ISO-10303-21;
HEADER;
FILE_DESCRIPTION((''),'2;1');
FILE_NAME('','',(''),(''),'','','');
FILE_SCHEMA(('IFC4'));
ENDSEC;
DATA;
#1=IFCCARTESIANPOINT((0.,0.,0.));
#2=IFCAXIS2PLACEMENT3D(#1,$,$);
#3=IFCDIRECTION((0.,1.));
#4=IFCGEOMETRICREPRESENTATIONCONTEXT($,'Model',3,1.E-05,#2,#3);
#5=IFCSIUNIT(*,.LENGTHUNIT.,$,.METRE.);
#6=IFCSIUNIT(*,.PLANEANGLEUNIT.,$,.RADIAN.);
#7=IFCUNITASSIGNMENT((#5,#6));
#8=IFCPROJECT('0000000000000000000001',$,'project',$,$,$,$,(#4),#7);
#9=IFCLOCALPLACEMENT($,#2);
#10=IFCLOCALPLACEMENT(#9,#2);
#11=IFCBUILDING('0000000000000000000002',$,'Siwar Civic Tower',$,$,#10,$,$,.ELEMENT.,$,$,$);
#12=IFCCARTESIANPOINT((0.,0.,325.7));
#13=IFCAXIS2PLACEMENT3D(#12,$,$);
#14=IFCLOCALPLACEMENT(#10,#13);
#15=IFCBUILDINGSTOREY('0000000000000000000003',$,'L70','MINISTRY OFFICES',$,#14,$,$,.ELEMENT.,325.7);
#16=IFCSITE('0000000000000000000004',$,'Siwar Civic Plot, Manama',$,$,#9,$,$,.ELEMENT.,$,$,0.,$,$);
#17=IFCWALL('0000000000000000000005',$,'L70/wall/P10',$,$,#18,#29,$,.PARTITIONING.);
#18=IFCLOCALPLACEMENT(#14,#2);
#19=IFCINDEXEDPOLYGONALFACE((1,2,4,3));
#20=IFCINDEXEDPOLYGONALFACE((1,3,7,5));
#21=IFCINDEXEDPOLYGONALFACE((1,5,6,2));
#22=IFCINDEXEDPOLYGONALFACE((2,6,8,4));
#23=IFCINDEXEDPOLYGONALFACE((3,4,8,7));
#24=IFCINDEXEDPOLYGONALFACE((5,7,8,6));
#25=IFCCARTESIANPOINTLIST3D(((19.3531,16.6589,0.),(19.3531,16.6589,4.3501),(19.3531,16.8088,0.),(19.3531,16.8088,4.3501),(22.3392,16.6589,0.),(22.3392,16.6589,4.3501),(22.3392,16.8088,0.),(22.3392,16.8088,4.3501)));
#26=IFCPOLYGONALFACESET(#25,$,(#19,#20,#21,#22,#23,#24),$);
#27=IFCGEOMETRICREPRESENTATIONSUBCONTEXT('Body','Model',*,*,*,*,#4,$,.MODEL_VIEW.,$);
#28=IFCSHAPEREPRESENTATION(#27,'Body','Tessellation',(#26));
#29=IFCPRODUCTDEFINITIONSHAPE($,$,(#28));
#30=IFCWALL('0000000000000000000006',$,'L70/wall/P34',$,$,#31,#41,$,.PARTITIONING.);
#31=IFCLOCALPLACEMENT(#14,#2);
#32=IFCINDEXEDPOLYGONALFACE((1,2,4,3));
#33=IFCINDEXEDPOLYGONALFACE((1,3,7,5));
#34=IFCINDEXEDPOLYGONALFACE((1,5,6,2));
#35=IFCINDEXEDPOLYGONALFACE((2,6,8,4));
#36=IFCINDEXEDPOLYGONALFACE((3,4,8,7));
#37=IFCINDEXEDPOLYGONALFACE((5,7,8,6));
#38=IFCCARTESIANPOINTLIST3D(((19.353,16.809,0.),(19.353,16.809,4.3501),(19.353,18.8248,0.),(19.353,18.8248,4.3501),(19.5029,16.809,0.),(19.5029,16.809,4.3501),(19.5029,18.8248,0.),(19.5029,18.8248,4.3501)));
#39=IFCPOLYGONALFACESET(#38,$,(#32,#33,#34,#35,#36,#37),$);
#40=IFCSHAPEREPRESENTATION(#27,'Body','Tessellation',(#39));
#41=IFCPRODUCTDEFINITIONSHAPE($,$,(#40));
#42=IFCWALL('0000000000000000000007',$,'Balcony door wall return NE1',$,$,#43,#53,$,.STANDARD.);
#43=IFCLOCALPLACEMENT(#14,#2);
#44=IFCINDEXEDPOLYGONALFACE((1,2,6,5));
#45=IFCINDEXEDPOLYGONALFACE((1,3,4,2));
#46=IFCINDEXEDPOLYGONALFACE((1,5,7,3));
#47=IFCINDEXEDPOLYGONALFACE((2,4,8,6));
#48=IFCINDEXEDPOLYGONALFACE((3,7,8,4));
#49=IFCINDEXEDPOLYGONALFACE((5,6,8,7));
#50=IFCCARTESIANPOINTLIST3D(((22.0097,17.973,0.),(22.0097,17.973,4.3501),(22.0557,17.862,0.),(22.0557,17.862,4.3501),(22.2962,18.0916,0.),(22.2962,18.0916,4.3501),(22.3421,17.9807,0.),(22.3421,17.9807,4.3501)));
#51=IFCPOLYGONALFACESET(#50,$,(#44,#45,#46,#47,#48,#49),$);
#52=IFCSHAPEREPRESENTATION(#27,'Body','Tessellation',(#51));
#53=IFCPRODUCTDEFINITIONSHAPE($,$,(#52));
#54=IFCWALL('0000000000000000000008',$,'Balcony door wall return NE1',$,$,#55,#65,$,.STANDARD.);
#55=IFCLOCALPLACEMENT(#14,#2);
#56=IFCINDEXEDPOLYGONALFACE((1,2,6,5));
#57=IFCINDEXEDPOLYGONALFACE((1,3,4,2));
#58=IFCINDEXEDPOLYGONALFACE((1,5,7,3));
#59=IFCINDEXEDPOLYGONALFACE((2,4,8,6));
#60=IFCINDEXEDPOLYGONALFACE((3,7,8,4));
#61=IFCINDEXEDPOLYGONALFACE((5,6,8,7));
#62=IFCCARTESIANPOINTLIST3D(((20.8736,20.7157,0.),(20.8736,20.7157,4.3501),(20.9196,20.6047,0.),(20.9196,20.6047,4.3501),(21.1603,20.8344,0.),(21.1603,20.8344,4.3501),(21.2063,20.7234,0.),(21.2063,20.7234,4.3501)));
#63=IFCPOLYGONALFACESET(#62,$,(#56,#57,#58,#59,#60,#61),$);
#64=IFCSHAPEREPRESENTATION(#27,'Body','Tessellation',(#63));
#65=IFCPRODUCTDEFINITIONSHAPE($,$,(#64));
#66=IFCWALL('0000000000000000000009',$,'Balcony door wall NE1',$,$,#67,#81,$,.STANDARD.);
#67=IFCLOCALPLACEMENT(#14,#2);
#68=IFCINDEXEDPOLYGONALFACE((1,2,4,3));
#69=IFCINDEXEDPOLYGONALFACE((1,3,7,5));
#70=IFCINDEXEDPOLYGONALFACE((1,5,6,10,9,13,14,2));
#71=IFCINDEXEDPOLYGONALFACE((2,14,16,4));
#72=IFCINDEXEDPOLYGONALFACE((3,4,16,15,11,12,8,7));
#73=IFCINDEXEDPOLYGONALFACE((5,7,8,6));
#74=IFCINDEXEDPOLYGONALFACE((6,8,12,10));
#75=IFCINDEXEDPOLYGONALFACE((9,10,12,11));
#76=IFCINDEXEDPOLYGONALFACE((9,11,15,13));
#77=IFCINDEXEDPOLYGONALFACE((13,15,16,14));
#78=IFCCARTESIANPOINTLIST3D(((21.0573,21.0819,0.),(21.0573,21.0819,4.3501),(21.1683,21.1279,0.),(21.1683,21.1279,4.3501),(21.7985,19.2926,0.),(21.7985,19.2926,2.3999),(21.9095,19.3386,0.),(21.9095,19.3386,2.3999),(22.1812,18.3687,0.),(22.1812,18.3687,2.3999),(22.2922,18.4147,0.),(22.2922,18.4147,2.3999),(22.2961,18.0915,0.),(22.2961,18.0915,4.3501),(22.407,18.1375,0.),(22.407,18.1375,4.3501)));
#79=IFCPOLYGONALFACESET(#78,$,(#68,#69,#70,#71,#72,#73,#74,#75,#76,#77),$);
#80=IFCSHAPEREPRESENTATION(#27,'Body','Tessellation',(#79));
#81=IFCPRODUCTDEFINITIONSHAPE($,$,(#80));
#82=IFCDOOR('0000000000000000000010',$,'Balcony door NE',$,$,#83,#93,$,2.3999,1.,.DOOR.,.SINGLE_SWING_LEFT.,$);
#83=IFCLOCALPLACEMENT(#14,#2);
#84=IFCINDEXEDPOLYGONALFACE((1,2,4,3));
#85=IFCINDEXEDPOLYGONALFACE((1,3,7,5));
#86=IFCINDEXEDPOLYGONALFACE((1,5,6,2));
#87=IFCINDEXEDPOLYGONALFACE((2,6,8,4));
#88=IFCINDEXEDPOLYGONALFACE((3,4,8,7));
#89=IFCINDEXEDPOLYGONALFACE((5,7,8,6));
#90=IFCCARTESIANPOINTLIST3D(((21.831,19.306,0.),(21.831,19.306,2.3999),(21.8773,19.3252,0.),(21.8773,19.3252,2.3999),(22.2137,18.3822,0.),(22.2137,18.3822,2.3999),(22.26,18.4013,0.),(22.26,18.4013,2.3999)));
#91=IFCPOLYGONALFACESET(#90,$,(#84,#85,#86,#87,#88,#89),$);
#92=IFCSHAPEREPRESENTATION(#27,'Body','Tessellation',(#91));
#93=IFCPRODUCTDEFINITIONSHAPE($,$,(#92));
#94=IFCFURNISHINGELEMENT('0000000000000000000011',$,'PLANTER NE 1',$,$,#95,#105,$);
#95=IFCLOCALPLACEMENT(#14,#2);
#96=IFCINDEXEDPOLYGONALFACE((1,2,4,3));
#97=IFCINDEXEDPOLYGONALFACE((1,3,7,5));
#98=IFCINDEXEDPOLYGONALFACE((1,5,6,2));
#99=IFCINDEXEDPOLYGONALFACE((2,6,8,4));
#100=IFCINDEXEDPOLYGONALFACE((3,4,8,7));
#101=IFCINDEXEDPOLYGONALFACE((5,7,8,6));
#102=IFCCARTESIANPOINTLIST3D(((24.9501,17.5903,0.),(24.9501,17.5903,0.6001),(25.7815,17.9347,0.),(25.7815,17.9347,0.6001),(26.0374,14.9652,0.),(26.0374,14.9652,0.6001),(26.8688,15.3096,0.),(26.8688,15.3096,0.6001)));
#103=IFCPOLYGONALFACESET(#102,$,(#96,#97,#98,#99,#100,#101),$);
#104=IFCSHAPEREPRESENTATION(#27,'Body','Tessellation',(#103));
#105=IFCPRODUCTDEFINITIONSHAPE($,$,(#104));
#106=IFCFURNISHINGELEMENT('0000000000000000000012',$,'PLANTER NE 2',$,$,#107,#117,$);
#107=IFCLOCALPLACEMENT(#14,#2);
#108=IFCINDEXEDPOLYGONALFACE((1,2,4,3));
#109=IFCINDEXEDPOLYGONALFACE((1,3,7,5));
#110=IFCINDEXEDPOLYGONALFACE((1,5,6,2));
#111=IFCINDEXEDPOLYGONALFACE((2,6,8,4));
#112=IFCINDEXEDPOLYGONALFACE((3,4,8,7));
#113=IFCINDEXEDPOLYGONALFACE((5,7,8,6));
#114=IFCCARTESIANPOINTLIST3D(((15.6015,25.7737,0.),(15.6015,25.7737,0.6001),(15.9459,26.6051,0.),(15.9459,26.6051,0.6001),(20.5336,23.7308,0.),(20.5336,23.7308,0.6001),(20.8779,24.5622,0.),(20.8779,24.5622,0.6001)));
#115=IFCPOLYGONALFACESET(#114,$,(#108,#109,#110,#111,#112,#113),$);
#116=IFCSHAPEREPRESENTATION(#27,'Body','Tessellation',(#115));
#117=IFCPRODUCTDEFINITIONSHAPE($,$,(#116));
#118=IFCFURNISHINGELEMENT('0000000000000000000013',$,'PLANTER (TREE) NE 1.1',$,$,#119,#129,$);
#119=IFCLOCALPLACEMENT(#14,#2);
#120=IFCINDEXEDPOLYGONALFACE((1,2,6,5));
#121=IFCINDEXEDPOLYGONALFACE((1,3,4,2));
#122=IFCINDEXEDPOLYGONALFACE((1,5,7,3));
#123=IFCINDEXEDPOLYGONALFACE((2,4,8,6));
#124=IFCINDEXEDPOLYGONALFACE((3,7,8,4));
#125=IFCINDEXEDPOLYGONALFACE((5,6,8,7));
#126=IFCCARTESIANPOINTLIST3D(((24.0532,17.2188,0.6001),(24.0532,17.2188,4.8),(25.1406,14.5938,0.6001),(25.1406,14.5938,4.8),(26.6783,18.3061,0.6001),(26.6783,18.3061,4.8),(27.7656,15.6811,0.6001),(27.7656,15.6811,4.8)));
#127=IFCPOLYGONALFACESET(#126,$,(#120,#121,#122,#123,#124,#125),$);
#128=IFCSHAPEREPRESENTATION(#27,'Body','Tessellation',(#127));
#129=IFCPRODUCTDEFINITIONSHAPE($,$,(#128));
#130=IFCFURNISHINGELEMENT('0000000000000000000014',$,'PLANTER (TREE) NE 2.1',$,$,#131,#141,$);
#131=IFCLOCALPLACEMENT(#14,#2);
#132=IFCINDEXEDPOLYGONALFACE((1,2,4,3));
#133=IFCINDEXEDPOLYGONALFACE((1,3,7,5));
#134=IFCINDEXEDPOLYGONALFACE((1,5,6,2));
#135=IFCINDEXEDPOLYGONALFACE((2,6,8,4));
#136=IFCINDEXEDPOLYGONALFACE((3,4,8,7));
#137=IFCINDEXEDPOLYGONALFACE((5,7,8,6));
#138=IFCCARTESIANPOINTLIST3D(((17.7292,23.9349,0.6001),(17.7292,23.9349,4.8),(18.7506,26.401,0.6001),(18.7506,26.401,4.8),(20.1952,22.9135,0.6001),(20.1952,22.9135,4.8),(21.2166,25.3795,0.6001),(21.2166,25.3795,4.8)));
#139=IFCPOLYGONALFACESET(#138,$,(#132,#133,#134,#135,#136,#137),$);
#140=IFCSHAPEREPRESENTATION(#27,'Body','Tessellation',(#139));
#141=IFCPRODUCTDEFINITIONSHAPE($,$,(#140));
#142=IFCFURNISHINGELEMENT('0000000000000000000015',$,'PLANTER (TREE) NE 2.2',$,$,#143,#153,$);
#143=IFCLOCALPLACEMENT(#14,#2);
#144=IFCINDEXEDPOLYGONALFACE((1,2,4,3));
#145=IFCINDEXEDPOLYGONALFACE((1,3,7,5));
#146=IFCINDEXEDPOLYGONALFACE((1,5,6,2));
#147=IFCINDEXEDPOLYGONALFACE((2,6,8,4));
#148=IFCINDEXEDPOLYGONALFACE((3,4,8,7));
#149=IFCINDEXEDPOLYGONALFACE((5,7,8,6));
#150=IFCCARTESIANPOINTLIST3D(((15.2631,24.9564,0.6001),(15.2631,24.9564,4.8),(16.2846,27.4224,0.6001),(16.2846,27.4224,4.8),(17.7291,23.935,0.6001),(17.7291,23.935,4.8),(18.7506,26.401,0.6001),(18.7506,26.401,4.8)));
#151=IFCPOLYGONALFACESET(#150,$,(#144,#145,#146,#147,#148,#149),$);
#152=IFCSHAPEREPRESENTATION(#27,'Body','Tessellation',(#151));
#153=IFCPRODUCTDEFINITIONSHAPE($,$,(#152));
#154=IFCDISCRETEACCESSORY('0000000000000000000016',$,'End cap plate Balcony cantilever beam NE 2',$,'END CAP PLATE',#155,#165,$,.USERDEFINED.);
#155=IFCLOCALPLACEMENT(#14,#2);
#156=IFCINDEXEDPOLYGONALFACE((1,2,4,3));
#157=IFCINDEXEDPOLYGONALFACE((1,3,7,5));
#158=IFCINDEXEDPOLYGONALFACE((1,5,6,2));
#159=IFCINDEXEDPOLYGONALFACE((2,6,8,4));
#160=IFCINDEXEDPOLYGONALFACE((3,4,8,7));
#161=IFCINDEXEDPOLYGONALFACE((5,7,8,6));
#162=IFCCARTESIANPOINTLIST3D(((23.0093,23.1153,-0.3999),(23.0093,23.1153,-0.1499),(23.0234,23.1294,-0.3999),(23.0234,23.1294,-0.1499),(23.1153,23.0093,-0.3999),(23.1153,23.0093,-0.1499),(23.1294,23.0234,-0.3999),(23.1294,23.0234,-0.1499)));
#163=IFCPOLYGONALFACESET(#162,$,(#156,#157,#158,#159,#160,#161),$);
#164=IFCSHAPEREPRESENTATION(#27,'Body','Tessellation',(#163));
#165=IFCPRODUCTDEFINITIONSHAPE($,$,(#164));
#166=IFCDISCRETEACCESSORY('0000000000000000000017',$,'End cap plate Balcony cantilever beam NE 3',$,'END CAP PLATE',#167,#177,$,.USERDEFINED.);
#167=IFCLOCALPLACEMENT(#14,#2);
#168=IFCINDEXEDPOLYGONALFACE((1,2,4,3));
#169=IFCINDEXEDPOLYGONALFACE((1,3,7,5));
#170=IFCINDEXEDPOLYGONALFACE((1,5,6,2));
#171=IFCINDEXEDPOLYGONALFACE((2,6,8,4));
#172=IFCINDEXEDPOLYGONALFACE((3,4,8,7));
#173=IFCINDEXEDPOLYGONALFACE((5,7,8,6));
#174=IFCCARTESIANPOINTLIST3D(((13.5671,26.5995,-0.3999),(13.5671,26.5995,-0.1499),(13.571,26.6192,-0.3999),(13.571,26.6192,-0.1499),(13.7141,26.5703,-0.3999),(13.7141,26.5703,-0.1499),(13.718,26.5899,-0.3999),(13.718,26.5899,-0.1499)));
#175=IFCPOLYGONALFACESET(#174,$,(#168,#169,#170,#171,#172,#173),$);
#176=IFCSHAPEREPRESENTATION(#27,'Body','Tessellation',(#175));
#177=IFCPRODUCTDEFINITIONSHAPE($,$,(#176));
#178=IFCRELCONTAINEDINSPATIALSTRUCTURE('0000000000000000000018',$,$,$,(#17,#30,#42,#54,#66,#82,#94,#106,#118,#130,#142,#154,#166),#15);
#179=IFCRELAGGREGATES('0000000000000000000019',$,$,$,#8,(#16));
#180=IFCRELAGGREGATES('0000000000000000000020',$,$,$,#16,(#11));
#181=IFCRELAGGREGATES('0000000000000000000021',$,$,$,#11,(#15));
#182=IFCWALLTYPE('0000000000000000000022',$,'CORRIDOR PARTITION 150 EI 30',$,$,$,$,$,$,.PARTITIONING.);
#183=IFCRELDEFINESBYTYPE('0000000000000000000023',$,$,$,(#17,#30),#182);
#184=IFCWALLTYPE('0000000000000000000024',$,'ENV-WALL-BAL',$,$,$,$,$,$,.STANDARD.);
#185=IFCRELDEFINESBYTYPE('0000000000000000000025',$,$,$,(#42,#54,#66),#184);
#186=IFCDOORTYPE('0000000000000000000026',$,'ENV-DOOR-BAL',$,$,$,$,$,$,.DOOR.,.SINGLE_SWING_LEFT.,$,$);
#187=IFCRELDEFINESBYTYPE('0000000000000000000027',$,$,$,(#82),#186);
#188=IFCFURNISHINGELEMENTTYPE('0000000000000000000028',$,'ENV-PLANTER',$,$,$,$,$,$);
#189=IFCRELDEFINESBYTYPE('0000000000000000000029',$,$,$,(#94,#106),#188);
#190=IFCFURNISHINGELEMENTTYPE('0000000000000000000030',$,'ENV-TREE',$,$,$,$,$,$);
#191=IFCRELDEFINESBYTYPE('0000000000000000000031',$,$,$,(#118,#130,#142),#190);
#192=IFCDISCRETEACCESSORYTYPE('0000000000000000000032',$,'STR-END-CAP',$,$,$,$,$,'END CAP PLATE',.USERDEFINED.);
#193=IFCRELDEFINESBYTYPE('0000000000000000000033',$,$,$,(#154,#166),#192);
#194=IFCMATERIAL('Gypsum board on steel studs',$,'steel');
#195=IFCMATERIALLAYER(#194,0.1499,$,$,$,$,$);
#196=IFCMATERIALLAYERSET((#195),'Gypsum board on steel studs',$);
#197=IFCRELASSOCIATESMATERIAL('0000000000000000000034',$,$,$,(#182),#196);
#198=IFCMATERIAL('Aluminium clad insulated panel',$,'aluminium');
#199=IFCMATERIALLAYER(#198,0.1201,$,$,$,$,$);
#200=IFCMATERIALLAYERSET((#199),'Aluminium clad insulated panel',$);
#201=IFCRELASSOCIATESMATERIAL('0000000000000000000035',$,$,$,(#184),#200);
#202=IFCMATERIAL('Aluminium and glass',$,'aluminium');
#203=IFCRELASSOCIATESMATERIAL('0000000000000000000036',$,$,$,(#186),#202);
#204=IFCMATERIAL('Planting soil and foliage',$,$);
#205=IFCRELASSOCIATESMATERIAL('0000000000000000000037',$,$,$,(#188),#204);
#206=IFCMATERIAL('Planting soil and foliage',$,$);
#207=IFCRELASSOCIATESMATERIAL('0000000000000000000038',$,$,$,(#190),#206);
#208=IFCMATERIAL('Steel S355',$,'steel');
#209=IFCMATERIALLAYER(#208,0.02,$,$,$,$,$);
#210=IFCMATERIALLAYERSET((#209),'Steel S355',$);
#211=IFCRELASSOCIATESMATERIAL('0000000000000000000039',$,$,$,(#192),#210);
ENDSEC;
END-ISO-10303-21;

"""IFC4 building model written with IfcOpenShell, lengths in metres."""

from ifc_helpers import new_model, si_unit, direction, frame, frame_2d, origin, origin_2d, place, context, subcontext, project, spatial, rectangle, extrude, material, layer, layer_set, type_object, element, fill, save


model = new_model("IFC4")

# Units and contexts
model_context = context("Model", 3, precision=1e-05, world=origin(), true_north=direction((0.0, 1.0)))
body_context = subcontext(model_context, "Body", "Model", "MODEL_VIEW")
ifc_project = project(units=[si_unit("LENGTHUNIT", "METRE"), si_unit("PLANEANGLEUNIT", "RADIAN")], contexts=[model_context])

# Site, building, storey
site_placement = place(None, origin())
site = spatial("IfcSite", under=ifc_project, at=site_placement, Name="Siwar Civic Plot, Manama", CompositionType="ELEMENT", RefElevation=0.0)
building_placement = place(site_placement, origin())
building = spatial("IfcBuilding", under=site, at=building_placement, Name="Siwar Civic Tower", CompositionType="ELEMENT")
storey_placement = place(building_placement, frame((0.0, 0.0, 325.7)))
storey = spatial("IfcBuildingStorey", under=building, at=storey_placement, Name="L70", Description="MINISTRY OFFICES", CompositionType="ELEMENT", Elevation=325.7)

# Walls
ifc_material_1 = material(Name="Gypsum board on steel studs", Category="steel")
ifc_layer_1 = layer(ifc_material_1, 0.1499)
ifc_layer_set_1 = layer_set([ifc_layer_1], Name="Gypsum board on steel studs")
wall_type_1 = type_object("IfcWallType", Name="CORRIDOR PARTITION 150 EI 30", PredefinedType="PARTITIONING", material=ifc_layer_set_1)
wall_1_placement = place(storey_placement, frame((19.353, 16.7339, 0.0), z_axis=(0.0, 0.0, 1.0), x_axis=(1.0, 0.0, 0.0)))
element("IfcWall", 1, at=wall_1_placement, inside=storey, type_object=wall_type_1, Name="L70/wall/P10", PredefinedType="PARTITIONING", context=body_context, shape_type="SweptSolid", body=[
    extrude(rectangle(XDim=2.9861, YDim=0.1499, at=frame_2d((1.4932, 0.0))), origin(), (0.0, 0.0, 1.0), 4.3501),
])
wall_2_placement = place(storey_placement, frame((19.428, 16.8091, 0.0), z_axis=(0.0, 0.0, 1.0), x_axis=(0.0, 1.0, 0.0)))
element("IfcWall", 2, at=wall_2_placement, inside=storey, type_object=wall_type_1, Name="L70/wall/P34", PredefinedType="PARTITIONING", context=body_context, shape_type="SweptSolid", body=[
    extrude(rectangle(XDim=2.0159, YDim=0.1499, at=frame_2d((1.0078, 0.0))), origin(), (0.0, 0.0, 1.0), 4.3501),
])
ifc_material_2 = material(Name="Aluminium clad insulated panel", Category="aluminium")
ifc_layer_2 = layer(ifc_material_2, 0.1201)
ifc_layer_set_2 = layer_set([ifc_layer_2], Name="Aluminium clad insulated panel")
wall_type_2 = type_object("IfcWallType", Name="ENV-WALL-BAL", PredefinedType="STANDARD", material=ifc_layer_set_2)
wall_3_placement = place(storey_placement, frame((22.0327, 17.9175, 0.0), z_axis=(0.0, 0.0, 1.0), x_axis=(0.923844, 0.382769, 0.0)))
element("IfcWall", 3, at=wall_3_placement, inside=storey, type_object=wall_type_2, Name="Balcony door wall return NE1", PredefinedType="STANDARD", context=body_context, shape_type="SweptSolid", body=[
    extrude(rectangle(XDim=0.3101, YDim=0.1201, at=frame_2d((0.155, 0.0))), origin(), (0.0, 0.0, 1.0), 4.3501),
])
wall_4_placement = place(storey_placement, frame((20.8965, 20.6602, 0.0), z_axis=(0.0, 0.0, 1.0), x_axis=(0.923959, 0.382491, 0.0)))
element("IfcWall", 4, at=wall_4_placement, inside=storey, type_object=wall_type_2, Name="Balcony door wall return NE1", PredefinedType="STANDARD", context=body_context, shape_type="SweptSolid", body=[
    extrude(rectangle(XDim=0.3103, YDim=0.1201, at=frame_2d((0.1553, 0.0))), origin(), (0.0, 0.0, 1.0), 4.3501),
])

# Wall, opening, door
wall_5_placement = place(storey_placement, frame((22.3516, 18.1145, 0.0), z_axis=(0.0, 0.0, 1.0), x_axis=(-0.382703, 0.923872, 0.0)))
wall_5 = element("IfcWall", 5, at=wall_5_placement, inside=storey, type_object=wall_type_2, Name="Balcony door wall NE1", PredefinedType="STANDARD", context=body_context, shape_type="SweptSolid", body=[
    extrude(rectangle(XDim=3.2368, YDim=0.1201, at=frame_2d((1.6184, 0.0))), origin(), (0.0, 0.0, 1.0), 4.3501),
])
opening_placement = place(wall_5_placement, frame((0.3, 0.0, 0.0)))
opening = element("IfcOpeningElement", 6, at=opening_placement, cuts=wall_5, PredefinedType="OPENING", context=body_context, shape_type="SweptSolid", body=[
    extrude(rectangle(XDim=1.0, YDim=2.3999, at=frame_2d((0.5, 1.2))), frame((0.0, 0.0701, 0.0), z_axis=(0.0, -1.0, 0.0), x_axis=(1.0, 0.0, 0.0)), (0.0, 0.0, 1.0), 0.1401),
])
ifc_material_3 = material(Name="Aluminium and glass", Category="aluminium")
door_type = type_object("IfcDoorType", Name="ENV-DOOR-BAL", OperationType="SINGLE_SWING_LEFT", PredefinedType="DOOR", material=ifc_material_3)
door_placement = place(opening_placement, origin())
door = element("IfcDoor", 7, at=door_placement, inside=storey, type_object=door_type, Name="Balcony door NE", OperationType="SINGLE_SWING_LEFT", OverallHeight=2.3999, OverallWidth=1.0, PredefinedType="DOOR", context=body_context, shape_type="SweptSolid", body=[
    extrude(rectangle(XDim=1.0, YDim=2.3999, at=frame_2d((0.5, 1.2))), frame((0.0, 0.0249, 0.0), z_axis=(0.0, -1.0, 0.0), x_axis=(1.0, 0.0, 0.0)), (0.0, 0.0, 1.0), 0.05),
])
fill(opening, door)

# Furnishing elements
ifc_material_4 = material(Name="Planting soil and foliage")
furnishing_element_type_1 = type_object("IfcFurnishingElementType", Name="ENV-PLANTER", material=ifc_material_4)
furnishing_1_placement = place(storey_placement, frame((25.9094, 16.45, 0.0), z_axis=(0.0, 0.0, 1.0), x_axis=(-0.382683, 0.92388, 0.0)))
element("IfcFurnishingElement", 8, at=furnishing_1_placement, inside=storey, type_object=furnishing_element_type_1, Name="PLANTER NE 1", context=body_context, shape_type="SweptSolid", body=[
    extrude(rectangle(XDim=2.8413, YDim=0.8999, at=origin_2d()), origin(), (0.0, 0.0, 1.0), 0.6001),
])
furnishing_2_placement = place(storey_placement, frame((18.2397, 25.168, 0.0), z_axis=(0.0, 0.0, 1.0), x_axis=(-0.92388, 0.382683, 0.0)))
element("IfcFurnishingElement", 9, at=furnishing_2_placement, inside=storey, type_object=furnishing_element_type_1, Name="PLANTER NE 2", context=body_context, shape_type="SweptSolid", body=[
    extrude(rectangle(XDim=5.3384, YDim=0.8999, at=origin_2d()), origin(), (0.0, 0.0, 1.0), 0.6001),
])
ifc_material_5 = material(Name="Planting soil and foliage")
furnishing_element_type_2 = type_object("IfcFurnishingElementType", Name="ENV-TREE", material=ifc_material_5)
furnishing_3_placement = place(storey_placement, frame((25.9094, 16.45, 0.6001), z_axis=(0.0, 0.0, 1.0), x_axis=(-0.382683, 0.92388, 0.0)))
element("IfcFurnishingElement", 10, at=furnishing_3_placement, inside=storey, type_object=furnishing_element_type_2, Name="PLANTER (TREE) NE 1.1", context=body_context, shape_type="SweptSolid", body=[
    extrude(rectangle(XDim=2.8413, YDim=2.8413, at=origin_2d()), origin(), (0.0, 0.0, 1.0), 4.2),
])
for number, where, z_axis, x_axis, name in (
    (11, (19.4729, 24.6572, 0.6001), (0.0, 0.0, 1.0), (-0.92388, 0.382683, 0.0), "PLANTER (TREE) NE 2.1"),
    (12, (17.0068, 25.6787, 0.6001), (0.0, 0.0, 1.0), (-0.92388, 0.382683, 0.0), "PLANTER (TREE) NE 2.2"),
):
    element("IfcFurnishingElement", number, at=place(storey_placement, frame(where, z_axis=z_axis, x_axis=x_axis)), inside=storey, type_object=furnishing_element_type_2, Name=name, context=body_context, shape_type="SweptSolid", body=[
        extrude(rectangle(XDim=2.6692, YDim=2.6692, at=origin_2d()), origin(), (0.0, 0.0, 1.0), 4.2),
    ])

# Discrete accessories
ifc_material_6 = material(Name="Steel S355", Category="steel")
ifc_layer_3 = layer(ifc_material_6, 0.02)
ifc_layer_set_3 = layer_set([ifc_layer_3], Name="Steel S355")
discrete_accessory_type = type_object("IfcDiscreteAccessoryType", Name="STR-END-CAP", ElementType="END CAP PLATE", PredefinedType="USERDEFINED", material=ifc_layer_set_3)
for number, where, z_axis, x_axis, name in (
    (13, (23.0693, 23.0693, -0.3999), (0.0, 0.0, 1.0), (0.707107, 0.707107, 0.0), "End cap plate Balcony cantilever beam NE 2"),
    (14, (13.6426, 26.5947, -0.3999), (0.0, 0.0, 1.0), (0.19509, 0.980785, 0.0), "End cap plate Balcony cantilever beam NE 3"),
):
    element("IfcDiscreteAccessory", number, at=place(storey_placement, frame(where, z_axis=z_axis, x_axis=x_axis)), inside=storey, type_object=discrete_accessory_type, Name=name, ObjectType="END CAP PLATE", PredefinedType="USERDEFINED", context=body_context, shape_type="SweptSolid", body=[
        extrude(rectangle(XDim=0.02, YDim=0.1499, at=origin_2d()), origin(), (0.0, 0.0, 1.0), 0.25),
    ])

save(model, "model.ifc")
